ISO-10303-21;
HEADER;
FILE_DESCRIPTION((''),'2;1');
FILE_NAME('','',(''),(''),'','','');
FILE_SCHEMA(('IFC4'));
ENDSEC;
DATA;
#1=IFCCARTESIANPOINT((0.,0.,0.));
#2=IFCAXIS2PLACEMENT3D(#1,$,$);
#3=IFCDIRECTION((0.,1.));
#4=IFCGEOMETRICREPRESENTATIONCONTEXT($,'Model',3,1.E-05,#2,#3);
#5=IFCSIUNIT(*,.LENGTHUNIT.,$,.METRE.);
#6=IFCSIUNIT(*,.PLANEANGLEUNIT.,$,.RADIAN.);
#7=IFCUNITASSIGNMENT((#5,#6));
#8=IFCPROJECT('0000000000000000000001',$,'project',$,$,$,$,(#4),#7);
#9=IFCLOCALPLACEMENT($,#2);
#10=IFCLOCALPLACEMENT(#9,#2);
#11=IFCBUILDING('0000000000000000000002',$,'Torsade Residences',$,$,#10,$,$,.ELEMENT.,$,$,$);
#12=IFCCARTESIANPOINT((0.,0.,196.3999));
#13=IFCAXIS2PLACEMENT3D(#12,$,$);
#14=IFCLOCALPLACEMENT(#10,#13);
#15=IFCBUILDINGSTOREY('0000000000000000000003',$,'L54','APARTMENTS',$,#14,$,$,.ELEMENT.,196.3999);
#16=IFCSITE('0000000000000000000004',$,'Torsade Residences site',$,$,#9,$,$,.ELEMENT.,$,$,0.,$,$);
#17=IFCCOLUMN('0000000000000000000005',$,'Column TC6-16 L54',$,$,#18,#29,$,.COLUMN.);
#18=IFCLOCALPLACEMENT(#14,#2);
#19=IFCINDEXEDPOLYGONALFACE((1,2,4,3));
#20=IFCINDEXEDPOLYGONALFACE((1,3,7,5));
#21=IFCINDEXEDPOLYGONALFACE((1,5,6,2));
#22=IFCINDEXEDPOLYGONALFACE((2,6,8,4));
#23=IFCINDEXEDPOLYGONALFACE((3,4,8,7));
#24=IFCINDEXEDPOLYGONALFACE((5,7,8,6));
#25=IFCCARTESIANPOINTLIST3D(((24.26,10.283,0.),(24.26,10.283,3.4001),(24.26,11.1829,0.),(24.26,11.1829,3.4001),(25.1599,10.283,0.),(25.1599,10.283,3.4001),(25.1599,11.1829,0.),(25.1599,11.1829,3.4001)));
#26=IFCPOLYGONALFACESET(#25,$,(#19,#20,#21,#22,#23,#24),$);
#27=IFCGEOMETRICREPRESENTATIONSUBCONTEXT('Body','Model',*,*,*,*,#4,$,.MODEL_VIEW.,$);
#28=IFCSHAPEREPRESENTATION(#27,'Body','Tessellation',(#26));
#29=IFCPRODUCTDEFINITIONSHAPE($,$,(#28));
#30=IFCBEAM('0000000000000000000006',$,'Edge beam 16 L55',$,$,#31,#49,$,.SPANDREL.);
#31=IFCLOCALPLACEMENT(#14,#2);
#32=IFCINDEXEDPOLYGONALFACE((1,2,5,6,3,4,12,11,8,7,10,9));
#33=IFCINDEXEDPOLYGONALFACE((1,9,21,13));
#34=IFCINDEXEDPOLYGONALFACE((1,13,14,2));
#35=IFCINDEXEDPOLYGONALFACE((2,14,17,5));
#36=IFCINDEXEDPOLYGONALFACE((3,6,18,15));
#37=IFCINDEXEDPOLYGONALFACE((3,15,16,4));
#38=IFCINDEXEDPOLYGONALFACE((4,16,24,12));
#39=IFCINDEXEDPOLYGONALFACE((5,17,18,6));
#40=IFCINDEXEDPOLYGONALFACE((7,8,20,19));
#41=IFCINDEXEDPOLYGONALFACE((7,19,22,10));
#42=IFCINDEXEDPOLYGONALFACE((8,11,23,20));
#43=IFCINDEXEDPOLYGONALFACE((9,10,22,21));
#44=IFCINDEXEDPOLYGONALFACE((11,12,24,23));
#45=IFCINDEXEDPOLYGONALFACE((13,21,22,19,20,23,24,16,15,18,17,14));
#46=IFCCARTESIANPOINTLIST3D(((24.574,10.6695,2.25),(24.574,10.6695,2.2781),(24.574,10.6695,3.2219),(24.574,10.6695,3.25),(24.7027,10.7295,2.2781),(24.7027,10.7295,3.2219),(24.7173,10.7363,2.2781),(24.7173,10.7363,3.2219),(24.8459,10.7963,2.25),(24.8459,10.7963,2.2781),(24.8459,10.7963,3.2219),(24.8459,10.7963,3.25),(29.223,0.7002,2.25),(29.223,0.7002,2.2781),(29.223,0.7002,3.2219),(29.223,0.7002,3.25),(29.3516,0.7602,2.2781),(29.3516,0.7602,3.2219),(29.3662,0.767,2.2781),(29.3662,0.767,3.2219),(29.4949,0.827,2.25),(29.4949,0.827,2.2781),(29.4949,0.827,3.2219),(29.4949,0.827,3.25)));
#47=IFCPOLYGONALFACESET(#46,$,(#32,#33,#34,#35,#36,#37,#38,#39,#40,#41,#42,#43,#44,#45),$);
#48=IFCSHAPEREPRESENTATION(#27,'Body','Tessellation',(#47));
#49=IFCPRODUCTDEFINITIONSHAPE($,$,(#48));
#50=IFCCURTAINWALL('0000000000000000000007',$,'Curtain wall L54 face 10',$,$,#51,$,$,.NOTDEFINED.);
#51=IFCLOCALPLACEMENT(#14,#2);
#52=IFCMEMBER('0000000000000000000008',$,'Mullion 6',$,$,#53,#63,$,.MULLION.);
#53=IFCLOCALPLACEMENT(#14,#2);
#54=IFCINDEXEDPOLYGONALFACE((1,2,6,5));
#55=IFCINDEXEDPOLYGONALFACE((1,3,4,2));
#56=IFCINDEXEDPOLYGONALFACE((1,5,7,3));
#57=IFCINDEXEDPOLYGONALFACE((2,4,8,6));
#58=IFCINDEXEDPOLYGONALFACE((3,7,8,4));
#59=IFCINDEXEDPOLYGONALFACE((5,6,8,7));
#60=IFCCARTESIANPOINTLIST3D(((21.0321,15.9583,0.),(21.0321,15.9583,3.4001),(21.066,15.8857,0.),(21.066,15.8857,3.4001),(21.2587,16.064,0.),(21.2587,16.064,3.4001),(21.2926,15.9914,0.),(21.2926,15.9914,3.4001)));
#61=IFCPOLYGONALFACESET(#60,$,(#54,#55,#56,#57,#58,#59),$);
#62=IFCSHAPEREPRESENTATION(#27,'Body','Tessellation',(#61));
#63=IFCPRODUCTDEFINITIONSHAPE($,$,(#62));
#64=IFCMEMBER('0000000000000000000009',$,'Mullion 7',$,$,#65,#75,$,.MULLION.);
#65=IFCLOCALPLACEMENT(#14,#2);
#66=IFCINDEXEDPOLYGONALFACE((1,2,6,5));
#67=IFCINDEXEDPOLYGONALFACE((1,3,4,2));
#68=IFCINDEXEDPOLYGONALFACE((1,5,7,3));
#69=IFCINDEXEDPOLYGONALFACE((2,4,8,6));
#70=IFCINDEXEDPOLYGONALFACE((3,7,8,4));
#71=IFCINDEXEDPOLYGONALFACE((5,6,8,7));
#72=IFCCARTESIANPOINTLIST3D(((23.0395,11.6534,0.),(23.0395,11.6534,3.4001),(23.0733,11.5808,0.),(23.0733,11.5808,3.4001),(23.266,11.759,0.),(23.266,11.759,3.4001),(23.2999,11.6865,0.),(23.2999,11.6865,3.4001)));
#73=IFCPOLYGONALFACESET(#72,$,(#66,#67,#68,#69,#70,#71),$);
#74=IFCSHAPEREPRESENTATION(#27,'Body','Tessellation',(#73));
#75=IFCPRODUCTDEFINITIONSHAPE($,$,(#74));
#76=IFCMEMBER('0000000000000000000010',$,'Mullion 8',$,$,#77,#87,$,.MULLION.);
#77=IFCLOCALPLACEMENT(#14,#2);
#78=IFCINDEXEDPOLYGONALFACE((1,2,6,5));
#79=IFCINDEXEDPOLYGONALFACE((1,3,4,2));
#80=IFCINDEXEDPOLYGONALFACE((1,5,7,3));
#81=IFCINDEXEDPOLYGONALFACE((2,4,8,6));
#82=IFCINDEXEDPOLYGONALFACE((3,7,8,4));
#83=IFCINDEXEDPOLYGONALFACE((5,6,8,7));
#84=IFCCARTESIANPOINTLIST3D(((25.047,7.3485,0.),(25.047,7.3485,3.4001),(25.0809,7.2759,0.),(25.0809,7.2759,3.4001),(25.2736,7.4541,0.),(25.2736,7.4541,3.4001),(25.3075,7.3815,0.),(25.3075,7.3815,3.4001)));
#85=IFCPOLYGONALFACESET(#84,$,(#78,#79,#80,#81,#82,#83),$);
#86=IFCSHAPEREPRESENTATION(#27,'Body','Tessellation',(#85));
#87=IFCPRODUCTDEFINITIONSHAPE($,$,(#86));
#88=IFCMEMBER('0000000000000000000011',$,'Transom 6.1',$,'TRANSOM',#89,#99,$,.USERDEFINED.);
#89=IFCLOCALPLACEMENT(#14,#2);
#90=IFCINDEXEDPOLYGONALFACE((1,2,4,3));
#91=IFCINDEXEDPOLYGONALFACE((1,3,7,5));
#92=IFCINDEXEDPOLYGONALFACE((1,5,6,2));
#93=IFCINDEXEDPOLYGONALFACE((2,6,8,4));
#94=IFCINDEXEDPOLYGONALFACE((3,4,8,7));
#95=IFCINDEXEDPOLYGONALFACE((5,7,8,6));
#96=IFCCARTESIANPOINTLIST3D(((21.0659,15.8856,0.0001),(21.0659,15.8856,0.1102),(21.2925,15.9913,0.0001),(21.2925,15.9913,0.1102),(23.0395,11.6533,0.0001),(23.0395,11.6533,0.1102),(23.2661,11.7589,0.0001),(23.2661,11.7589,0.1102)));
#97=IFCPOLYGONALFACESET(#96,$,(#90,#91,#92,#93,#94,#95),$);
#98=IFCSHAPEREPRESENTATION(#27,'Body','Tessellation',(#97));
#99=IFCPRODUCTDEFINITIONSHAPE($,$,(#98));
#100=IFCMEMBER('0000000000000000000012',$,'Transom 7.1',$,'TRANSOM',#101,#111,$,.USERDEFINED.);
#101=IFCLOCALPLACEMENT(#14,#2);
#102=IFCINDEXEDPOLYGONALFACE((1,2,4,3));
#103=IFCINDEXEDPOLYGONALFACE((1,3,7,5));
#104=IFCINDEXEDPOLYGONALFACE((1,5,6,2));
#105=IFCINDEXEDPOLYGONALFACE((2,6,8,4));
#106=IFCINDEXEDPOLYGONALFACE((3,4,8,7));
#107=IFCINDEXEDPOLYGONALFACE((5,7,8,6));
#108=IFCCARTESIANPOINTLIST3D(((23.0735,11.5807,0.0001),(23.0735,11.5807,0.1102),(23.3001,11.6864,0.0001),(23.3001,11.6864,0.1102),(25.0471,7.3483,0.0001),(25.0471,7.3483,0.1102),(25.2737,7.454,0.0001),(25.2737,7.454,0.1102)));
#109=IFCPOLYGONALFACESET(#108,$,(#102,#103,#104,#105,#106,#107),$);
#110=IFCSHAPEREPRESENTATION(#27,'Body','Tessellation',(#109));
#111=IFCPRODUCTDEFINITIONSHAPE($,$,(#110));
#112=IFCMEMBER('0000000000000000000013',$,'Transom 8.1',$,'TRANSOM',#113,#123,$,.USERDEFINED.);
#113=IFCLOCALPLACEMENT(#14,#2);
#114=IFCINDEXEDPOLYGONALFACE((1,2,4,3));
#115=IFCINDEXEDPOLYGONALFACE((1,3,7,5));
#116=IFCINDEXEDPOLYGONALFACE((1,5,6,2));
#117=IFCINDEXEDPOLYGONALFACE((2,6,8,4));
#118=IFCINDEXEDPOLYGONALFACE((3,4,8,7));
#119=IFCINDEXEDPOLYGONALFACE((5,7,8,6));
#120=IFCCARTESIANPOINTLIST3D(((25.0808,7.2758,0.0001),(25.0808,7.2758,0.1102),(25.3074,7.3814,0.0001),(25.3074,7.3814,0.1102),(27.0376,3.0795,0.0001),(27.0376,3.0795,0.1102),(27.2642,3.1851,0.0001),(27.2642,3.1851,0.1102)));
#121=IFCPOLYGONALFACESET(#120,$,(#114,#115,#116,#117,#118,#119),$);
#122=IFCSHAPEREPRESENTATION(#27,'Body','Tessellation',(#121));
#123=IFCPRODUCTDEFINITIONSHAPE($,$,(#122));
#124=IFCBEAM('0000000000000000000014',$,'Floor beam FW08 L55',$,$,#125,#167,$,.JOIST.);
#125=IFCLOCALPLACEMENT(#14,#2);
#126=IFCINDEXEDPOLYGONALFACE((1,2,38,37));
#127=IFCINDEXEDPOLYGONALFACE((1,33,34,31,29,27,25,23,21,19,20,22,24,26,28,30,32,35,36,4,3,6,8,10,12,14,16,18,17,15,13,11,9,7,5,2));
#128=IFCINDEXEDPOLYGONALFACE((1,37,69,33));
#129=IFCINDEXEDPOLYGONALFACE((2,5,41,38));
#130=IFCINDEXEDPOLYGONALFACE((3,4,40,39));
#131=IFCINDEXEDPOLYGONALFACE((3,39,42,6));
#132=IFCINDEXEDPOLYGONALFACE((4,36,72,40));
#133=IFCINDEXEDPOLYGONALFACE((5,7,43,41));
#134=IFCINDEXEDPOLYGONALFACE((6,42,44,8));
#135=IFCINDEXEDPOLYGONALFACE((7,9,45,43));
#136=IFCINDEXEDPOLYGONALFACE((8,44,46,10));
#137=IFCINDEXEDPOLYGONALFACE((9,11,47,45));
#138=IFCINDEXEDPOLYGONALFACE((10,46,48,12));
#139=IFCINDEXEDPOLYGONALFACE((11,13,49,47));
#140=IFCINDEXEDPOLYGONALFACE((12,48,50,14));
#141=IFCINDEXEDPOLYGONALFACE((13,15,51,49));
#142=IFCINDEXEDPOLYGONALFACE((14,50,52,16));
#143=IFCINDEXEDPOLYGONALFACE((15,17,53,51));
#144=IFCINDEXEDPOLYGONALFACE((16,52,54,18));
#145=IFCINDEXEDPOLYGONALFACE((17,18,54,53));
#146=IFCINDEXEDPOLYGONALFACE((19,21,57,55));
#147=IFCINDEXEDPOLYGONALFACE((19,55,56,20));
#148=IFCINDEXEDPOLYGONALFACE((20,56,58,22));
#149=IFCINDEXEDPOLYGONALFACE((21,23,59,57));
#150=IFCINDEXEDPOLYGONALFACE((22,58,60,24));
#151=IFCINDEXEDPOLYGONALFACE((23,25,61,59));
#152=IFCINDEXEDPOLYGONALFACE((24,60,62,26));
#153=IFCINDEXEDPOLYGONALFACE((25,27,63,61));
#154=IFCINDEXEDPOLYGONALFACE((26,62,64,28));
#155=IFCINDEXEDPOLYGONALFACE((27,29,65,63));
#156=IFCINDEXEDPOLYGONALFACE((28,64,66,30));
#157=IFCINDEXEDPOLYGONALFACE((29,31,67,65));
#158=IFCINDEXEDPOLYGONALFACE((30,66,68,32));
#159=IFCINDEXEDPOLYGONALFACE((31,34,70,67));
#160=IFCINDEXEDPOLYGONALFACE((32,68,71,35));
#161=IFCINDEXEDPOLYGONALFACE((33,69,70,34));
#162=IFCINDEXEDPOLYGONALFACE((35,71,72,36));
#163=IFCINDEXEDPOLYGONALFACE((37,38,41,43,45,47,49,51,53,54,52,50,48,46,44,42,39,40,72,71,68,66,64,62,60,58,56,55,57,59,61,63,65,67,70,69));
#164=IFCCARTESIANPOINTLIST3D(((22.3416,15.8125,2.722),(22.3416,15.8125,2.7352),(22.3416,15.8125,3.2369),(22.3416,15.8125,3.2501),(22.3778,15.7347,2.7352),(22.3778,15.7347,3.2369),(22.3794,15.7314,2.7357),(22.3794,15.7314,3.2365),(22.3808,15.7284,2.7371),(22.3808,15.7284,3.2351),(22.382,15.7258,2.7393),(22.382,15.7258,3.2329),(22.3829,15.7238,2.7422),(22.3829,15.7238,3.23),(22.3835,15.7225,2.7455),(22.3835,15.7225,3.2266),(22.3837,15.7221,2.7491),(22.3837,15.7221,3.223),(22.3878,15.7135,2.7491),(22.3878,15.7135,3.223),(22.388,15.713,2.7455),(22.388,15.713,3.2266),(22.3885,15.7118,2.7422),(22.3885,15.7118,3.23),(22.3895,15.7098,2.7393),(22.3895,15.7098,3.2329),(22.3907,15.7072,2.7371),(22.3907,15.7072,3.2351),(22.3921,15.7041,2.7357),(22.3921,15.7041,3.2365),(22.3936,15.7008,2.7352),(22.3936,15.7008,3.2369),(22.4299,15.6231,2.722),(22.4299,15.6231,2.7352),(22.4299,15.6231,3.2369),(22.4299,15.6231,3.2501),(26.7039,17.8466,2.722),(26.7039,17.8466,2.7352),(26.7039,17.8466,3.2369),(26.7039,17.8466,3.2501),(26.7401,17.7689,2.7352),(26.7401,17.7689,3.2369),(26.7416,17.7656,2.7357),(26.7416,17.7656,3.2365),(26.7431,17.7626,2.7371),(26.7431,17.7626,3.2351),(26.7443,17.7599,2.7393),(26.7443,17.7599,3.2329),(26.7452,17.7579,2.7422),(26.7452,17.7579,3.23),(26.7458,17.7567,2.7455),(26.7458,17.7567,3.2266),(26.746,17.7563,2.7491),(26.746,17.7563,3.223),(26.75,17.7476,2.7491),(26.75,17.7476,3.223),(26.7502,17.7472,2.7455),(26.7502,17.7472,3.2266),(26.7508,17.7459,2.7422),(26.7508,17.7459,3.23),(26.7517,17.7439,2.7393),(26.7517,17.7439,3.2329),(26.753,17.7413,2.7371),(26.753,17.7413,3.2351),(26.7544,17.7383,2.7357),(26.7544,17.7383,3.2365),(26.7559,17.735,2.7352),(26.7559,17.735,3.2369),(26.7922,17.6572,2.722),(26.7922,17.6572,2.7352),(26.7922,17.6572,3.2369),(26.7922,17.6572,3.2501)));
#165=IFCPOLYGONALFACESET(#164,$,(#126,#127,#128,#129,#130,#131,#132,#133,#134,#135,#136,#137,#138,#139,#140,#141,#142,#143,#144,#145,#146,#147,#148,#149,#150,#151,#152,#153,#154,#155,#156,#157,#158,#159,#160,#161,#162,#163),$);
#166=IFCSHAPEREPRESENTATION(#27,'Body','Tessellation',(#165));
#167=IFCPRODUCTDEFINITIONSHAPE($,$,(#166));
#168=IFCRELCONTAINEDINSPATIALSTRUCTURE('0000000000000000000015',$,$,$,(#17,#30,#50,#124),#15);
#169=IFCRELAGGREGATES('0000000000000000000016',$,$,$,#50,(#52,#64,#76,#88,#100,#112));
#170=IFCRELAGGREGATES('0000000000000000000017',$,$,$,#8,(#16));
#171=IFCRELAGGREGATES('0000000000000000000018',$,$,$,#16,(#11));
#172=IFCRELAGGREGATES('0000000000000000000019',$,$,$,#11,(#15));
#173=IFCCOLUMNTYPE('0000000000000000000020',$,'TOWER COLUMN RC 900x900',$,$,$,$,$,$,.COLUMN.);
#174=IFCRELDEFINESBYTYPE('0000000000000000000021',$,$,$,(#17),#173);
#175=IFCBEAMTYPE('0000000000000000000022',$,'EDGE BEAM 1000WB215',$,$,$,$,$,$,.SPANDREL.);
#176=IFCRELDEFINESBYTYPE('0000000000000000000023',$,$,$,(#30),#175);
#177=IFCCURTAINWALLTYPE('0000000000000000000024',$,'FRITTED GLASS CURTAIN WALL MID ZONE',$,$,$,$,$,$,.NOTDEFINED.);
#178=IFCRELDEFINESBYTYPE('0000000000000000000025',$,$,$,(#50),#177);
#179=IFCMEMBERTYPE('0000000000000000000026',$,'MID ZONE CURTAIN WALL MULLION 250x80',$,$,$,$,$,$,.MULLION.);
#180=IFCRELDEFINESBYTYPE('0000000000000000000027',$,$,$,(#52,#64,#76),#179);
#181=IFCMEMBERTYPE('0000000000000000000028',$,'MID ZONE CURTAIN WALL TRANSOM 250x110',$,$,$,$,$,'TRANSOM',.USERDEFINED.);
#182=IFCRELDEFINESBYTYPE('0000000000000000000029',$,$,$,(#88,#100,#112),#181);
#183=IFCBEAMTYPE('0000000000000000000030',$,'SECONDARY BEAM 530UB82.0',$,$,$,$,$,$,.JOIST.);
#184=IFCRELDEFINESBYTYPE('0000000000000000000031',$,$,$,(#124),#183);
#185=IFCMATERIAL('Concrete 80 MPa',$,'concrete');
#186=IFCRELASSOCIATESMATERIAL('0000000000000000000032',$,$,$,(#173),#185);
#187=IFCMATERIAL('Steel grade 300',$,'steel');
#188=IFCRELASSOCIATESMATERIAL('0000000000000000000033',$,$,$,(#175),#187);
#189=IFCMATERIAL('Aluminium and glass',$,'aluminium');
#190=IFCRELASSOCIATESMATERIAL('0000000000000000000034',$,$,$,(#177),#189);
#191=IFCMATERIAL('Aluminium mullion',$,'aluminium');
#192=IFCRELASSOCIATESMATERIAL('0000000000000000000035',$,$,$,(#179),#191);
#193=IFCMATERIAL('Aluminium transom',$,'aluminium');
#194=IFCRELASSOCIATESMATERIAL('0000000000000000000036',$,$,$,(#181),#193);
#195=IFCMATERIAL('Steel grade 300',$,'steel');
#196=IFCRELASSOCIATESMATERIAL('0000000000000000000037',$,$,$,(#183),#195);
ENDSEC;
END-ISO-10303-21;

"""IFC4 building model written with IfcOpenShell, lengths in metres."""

from ifc_helpers import new_model, si_unit, direction, frame, origin, origin_2d, place, context, subcontext, project, spatial, rectangle, i_section, extrude, material, material_profile, profile_set, type_object, element, aggregate, save


model = new_model("IFC4")

# Units and contexts
model_context = context("Model", 3, precision=1e-05, world=origin(), true_north=direction((0.0, 1.0)))
body_context = subcontext(model_context, "Body", "Model", "MODEL_VIEW")
ifc_project = project(units=[si_unit("LENGTHUNIT", "METRE"), si_unit("PLANEANGLEUNIT", "RADIAN")], contexts=[model_context])

# Site, building, storey
site_placement = place(None, origin())
site = spatial("IfcSite", under=ifc_project, at=site_placement, Name="Torsade Residences site", CompositionType="ELEMENT", RefElevation=0.0)
building_placement = place(site_placement, origin())
building = spatial("IfcBuilding", under=site, at=building_placement, Name="Torsade Residences", CompositionType="ELEMENT")
storey_placement = place(building_placement, frame((0.0, 0.0, 196.3999)))
storey = spatial("IfcBuildingStorey", under=building, at=storey_placement, Name="L54", Description="APARTMENTS", CompositionType="ELEMENT", Elevation=196.3999)

# Column
ifc_material_1 = material(Name="Concrete 80 MPa", Category="concrete")
ifc_material_profile_1 = material_profile(ifc_material_1, rectangle(XDim=0.8999, YDim=0.8999, at=origin_2d()), Name="RC 900x900")
ifc_profile_set_1 = profile_set([ifc_material_profile_1], Name="Concrete 80 MPa")
column_type = type_object("IfcColumnType", Name="TOWER COLUMN RC 900x900", PredefinedType="COLUMN", material=ifc_profile_set_1)
column_placement = place(storey_placement, frame((24.71, 10.7329, 0.0), z_axis=(0.0, 0.0, 1.0), x_axis=(1.0, 0.0, 0.0)))
element("IfcColumn", 1, at=column_placement, inside=storey, type_object=column_type, Name="Column TC6-16 L54", PredefinedType="COLUMN", context=body_context, shape_type="SweptSolid", body=[
    extrude(rectangle(XDim=0.8999, YDim=0.8999, at=origin_2d()), origin(), (0.0, 0.0, 1.0), 3.4001),
])

# Beam
ifc_material_2 = material(Name="Steel grade 300", Category="steel")
ifc_material_profile_2 = material_profile(ifc_material_2, i_section(OverallWidth=0.3, OverallDepth=1.0, WebThickness=0.0161, FlangeThickness=0.0281, at=origin_2d()), Name="1000WB215")
ifc_profile_set_2 = profile_set([ifc_material_profile_2], Name="Steel grade 300")
beam_type_1 = type_object("IfcBeamType", Name="EDGE BEAM 1000WB215", PredefinedType="SPANDREL", material=ifc_profile_set_2)
beam_1_placement = place(storey_placement, frame((24.71, 10.7329, 2.75), z_axis=(0.422633, -0.906301, 0.0), x_axis=(0.906301, 0.422633, 0.0)))
element("IfcBeam", 2, at=beam_1_placement, inside=storey, type_object=beam_type_1, Name="Edge beam 16 L55", PredefinedType="SPANDREL", context=body_context, shape_type="SweptSolid", body=[
    extrude(i_section(OverallWidth=0.3, OverallDepth=1.0, WebThickness=0.0161, FlangeThickness=0.0281, at=origin_2d()), origin(), (0.0, 0.0, 1.0), 11.0),
])

# Curtain wall, members
ifc_material_3 = material(Name="Aluminium and glass", Category="aluminium")
curtain_wall_type = type_object("IfcCurtainWallType", Name="FRITTED GLASS CURTAIN WALL MID ZONE", PredefinedType="NOTDEFINED", material=ifc_material_3)
curtain_wall_placement = place(storey_placement, origin())
curtain_wall = element("IfcCurtainWall", 3, at=curtain_wall_placement, inside=storey, type_object=curtain_wall_type, Name="Curtain wall L54 face 10", PredefinedType="NOTDEFINED")
ifc_material_4 = material(Name="Aluminium mullion", Category="aluminium")
ifc_material_profile_3 = material_profile(ifc_material_4, rectangle(XDim=0.25, YDim=0.0801, at=origin_2d()), Name="MID ZONE CURTAIN WALL MULLION 250x80")
ifc_profile_set_3 = profile_set([ifc_material_profile_3], Name="Aluminium mullion")
member_type_1 = type_object("IfcMemberType", Name="MID ZONE CURTAIN WALL MULLION 250x80", PredefinedType="MULLION", material=ifc_profile_set_3)
member_1_placement = place(storey_placement, frame((21.1624, 15.9749, 0.0), z_axis=(0.0, 0.0, 1.0), x_axis=(0.906308, 0.422618, 0.0)))
member_1 = element("IfcMember", 4, at=member_1_placement, type_object=member_type_1, Name="Mullion 6", PredefinedType="MULLION", context=body_context, shape_type="SweptSolid", body=[
    extrude(rectangle(XDim=0.25, YDim=0.0801, at=origin_2d()), origin(), (0.0, 0.0, 1.0), 3.4001),
])
member_2_placement = place(storey_placement, frame((23.1697, 11.6699, 0.0), z_axis=(0.0, 0.0, 1.0), x_axis=(0.906308, 0.422618, 0.0)))
member_2 = element("IfcMember", 5, at=member_2_placement, type_object=member_type_1, Name="Mullion 7", PredefinedType="MULLION", context=body_context, shape_type="SweptSolid", body=[
    extrude(rectangle(XDim=0.25, YDim=0.0801, at=origin_2d()), origin(), (0.0, 0.0, 1.0), 3.4001),
])
member_3_placement = place(storey_placement, frame((25.1772, 7.365, 0.0), z_axis=(0.0, 0.0, 1.0), x_axis=(0.906308, 0.422618, 0.0)))
member_3 = element("IfcMember", 6, at=member_3_placement, type_object=member_type_1, Name="Mullion 8", PredefinedType="MULLION", context=body_context, shape_type="SweptSolid", body=[
    extrude(rectangle(XDim=0.25, YDim=0.0801, at=origin_2d()), origin(), (0.0, 0.0, 1.0), 3.4001),
])
ifc_material_5 = material(Name="Aluminium transom", Category="aluminium")
ifc_material_profile_4 = material_profile(ifc_material_5, rectangle(XDim=0.25, YDim=0.1101, at=origin_2d()), Name="MID ZONE CURTAIN WALL TRANSOM 250x110")
ifc_profile_set_4 = profile_set([ifc_material_profile_4], Name="Aluminium transom")
member_type_2 = type_object("IfcMemberType", Name="MID ZONE CURTAIN WALL TRANSOM 250x110", ElementType="TRANSOM", PredefinedType="USERDEFINED", material=ifc_profile_set_4)
member_4_placement = place(storey_placement, frame((21.1792, 15.9385, 0.0552), z_axis=(0.422622, -0.906306, 0.0), x_axis=(0.906306, 0.422622, 0.0)))
member_4 = element("IfcMember", 7, at=member_4_placement, type_object=member_type_2, Name="Transom 6.1", ObjectType="TRANSOM", PredefinedType="USERDEFINED", context=body_context, shape_type="SweptSolid", body=[
    extrude(rectangle(XDim=0.25, YDim=0.1101, at=origin_2d()), origin(), (0.0, 0.0, 1.0), 4.6699),
])
member_5_placement = place(storey_placement, frame((23.1868, 11.6335, 0.0552), z_axis=(0.422622, -0.906306, 0.0), x_axis=(0.906306, 0.422622, 0.0)))
member_5 = element("IfcMember", 8, at=member_5_placement, type_object=member_type_2, Name="Transom 7.1", ObjectType="TRANSOM", PredefinedType="USERDEFINED", context=body_context, shape_type="SweptSolid", body=[
    extrude(rectangle(XDim=0.25, YDim=0.1101, at=origin_2d()), origin(), (0.0, 0.0, 1.0), 4.6699),
])
member_6_placement = place(storey_placement, frame((25.1941, 7.3286, 0.0552), z_axis=(0.422623, -0.906306, 0.0), x_axis=(0.906306, 0.422623, 0.0)))
member_6 = element("IfcMember", 9, at=member_6_placement, type_object=member_type_2, Name="Transom 8.1", ObjectType="TRANSOM", PredefinedType="USERDEFINED", context=body_context, shape_type="SweptSolid", body=[
    extrude(rectangle(XDim=0.25, YDim=0.1101, at=origin_2d()), origin(), (0.0, 0.0, 1.0), 4.6301),
])

# Beam
ifc_material_6 = material(Name="Steel grade 300", Category="steel")
ifc_material_profile_5 = material_profile(ifc_material_6, i_section(OverallWidth=0.209, OverallDepth=0.5281, WebThickness=0.0095, FlangeThickness=0.0132, FilletRadius=0.0139, at=origin_2d()), Name="530UB82.0")
ifc_profile_set_5 = profile_set([ifc_material_profile_5], Name="Steel grade 300")
beam_type_2 = type_object("IfcBeamType", Name="SECONDARY BEAM 530UB82.0", PredefinedType="JOIST", material=ifc_profile_set_5)
beam_2_placement = place(storey_placement, frame((22.3857, 15.7178, 2.9861), z_axis=(0.906308, 0.422619, 0.0), x_axis=(-0.422619, 0.906308, 0.0)))
element("IfcBeam", 10, at=beam_2_placement, inside=storey, type_object=beam_type_2, Name="Floor beam FW08 L55", PredefinedType="JOIST", context=body_context, shape_type="SweptSolid", body=[
    extrude(i_section(OverallWidth=0.209, OverallDepth=0.5281, WebThickness=0.0095, FlangeThickness=0.0132, FilletRadius=0.0139, at=origin_2d()), origin(), (0.0, 0.0, 1.0), 4.8132),
])

aggregate(curtain_wall, [member_1, member_2, member_3, member_4, member_5, member_6])

save(model, "model.ifc")
